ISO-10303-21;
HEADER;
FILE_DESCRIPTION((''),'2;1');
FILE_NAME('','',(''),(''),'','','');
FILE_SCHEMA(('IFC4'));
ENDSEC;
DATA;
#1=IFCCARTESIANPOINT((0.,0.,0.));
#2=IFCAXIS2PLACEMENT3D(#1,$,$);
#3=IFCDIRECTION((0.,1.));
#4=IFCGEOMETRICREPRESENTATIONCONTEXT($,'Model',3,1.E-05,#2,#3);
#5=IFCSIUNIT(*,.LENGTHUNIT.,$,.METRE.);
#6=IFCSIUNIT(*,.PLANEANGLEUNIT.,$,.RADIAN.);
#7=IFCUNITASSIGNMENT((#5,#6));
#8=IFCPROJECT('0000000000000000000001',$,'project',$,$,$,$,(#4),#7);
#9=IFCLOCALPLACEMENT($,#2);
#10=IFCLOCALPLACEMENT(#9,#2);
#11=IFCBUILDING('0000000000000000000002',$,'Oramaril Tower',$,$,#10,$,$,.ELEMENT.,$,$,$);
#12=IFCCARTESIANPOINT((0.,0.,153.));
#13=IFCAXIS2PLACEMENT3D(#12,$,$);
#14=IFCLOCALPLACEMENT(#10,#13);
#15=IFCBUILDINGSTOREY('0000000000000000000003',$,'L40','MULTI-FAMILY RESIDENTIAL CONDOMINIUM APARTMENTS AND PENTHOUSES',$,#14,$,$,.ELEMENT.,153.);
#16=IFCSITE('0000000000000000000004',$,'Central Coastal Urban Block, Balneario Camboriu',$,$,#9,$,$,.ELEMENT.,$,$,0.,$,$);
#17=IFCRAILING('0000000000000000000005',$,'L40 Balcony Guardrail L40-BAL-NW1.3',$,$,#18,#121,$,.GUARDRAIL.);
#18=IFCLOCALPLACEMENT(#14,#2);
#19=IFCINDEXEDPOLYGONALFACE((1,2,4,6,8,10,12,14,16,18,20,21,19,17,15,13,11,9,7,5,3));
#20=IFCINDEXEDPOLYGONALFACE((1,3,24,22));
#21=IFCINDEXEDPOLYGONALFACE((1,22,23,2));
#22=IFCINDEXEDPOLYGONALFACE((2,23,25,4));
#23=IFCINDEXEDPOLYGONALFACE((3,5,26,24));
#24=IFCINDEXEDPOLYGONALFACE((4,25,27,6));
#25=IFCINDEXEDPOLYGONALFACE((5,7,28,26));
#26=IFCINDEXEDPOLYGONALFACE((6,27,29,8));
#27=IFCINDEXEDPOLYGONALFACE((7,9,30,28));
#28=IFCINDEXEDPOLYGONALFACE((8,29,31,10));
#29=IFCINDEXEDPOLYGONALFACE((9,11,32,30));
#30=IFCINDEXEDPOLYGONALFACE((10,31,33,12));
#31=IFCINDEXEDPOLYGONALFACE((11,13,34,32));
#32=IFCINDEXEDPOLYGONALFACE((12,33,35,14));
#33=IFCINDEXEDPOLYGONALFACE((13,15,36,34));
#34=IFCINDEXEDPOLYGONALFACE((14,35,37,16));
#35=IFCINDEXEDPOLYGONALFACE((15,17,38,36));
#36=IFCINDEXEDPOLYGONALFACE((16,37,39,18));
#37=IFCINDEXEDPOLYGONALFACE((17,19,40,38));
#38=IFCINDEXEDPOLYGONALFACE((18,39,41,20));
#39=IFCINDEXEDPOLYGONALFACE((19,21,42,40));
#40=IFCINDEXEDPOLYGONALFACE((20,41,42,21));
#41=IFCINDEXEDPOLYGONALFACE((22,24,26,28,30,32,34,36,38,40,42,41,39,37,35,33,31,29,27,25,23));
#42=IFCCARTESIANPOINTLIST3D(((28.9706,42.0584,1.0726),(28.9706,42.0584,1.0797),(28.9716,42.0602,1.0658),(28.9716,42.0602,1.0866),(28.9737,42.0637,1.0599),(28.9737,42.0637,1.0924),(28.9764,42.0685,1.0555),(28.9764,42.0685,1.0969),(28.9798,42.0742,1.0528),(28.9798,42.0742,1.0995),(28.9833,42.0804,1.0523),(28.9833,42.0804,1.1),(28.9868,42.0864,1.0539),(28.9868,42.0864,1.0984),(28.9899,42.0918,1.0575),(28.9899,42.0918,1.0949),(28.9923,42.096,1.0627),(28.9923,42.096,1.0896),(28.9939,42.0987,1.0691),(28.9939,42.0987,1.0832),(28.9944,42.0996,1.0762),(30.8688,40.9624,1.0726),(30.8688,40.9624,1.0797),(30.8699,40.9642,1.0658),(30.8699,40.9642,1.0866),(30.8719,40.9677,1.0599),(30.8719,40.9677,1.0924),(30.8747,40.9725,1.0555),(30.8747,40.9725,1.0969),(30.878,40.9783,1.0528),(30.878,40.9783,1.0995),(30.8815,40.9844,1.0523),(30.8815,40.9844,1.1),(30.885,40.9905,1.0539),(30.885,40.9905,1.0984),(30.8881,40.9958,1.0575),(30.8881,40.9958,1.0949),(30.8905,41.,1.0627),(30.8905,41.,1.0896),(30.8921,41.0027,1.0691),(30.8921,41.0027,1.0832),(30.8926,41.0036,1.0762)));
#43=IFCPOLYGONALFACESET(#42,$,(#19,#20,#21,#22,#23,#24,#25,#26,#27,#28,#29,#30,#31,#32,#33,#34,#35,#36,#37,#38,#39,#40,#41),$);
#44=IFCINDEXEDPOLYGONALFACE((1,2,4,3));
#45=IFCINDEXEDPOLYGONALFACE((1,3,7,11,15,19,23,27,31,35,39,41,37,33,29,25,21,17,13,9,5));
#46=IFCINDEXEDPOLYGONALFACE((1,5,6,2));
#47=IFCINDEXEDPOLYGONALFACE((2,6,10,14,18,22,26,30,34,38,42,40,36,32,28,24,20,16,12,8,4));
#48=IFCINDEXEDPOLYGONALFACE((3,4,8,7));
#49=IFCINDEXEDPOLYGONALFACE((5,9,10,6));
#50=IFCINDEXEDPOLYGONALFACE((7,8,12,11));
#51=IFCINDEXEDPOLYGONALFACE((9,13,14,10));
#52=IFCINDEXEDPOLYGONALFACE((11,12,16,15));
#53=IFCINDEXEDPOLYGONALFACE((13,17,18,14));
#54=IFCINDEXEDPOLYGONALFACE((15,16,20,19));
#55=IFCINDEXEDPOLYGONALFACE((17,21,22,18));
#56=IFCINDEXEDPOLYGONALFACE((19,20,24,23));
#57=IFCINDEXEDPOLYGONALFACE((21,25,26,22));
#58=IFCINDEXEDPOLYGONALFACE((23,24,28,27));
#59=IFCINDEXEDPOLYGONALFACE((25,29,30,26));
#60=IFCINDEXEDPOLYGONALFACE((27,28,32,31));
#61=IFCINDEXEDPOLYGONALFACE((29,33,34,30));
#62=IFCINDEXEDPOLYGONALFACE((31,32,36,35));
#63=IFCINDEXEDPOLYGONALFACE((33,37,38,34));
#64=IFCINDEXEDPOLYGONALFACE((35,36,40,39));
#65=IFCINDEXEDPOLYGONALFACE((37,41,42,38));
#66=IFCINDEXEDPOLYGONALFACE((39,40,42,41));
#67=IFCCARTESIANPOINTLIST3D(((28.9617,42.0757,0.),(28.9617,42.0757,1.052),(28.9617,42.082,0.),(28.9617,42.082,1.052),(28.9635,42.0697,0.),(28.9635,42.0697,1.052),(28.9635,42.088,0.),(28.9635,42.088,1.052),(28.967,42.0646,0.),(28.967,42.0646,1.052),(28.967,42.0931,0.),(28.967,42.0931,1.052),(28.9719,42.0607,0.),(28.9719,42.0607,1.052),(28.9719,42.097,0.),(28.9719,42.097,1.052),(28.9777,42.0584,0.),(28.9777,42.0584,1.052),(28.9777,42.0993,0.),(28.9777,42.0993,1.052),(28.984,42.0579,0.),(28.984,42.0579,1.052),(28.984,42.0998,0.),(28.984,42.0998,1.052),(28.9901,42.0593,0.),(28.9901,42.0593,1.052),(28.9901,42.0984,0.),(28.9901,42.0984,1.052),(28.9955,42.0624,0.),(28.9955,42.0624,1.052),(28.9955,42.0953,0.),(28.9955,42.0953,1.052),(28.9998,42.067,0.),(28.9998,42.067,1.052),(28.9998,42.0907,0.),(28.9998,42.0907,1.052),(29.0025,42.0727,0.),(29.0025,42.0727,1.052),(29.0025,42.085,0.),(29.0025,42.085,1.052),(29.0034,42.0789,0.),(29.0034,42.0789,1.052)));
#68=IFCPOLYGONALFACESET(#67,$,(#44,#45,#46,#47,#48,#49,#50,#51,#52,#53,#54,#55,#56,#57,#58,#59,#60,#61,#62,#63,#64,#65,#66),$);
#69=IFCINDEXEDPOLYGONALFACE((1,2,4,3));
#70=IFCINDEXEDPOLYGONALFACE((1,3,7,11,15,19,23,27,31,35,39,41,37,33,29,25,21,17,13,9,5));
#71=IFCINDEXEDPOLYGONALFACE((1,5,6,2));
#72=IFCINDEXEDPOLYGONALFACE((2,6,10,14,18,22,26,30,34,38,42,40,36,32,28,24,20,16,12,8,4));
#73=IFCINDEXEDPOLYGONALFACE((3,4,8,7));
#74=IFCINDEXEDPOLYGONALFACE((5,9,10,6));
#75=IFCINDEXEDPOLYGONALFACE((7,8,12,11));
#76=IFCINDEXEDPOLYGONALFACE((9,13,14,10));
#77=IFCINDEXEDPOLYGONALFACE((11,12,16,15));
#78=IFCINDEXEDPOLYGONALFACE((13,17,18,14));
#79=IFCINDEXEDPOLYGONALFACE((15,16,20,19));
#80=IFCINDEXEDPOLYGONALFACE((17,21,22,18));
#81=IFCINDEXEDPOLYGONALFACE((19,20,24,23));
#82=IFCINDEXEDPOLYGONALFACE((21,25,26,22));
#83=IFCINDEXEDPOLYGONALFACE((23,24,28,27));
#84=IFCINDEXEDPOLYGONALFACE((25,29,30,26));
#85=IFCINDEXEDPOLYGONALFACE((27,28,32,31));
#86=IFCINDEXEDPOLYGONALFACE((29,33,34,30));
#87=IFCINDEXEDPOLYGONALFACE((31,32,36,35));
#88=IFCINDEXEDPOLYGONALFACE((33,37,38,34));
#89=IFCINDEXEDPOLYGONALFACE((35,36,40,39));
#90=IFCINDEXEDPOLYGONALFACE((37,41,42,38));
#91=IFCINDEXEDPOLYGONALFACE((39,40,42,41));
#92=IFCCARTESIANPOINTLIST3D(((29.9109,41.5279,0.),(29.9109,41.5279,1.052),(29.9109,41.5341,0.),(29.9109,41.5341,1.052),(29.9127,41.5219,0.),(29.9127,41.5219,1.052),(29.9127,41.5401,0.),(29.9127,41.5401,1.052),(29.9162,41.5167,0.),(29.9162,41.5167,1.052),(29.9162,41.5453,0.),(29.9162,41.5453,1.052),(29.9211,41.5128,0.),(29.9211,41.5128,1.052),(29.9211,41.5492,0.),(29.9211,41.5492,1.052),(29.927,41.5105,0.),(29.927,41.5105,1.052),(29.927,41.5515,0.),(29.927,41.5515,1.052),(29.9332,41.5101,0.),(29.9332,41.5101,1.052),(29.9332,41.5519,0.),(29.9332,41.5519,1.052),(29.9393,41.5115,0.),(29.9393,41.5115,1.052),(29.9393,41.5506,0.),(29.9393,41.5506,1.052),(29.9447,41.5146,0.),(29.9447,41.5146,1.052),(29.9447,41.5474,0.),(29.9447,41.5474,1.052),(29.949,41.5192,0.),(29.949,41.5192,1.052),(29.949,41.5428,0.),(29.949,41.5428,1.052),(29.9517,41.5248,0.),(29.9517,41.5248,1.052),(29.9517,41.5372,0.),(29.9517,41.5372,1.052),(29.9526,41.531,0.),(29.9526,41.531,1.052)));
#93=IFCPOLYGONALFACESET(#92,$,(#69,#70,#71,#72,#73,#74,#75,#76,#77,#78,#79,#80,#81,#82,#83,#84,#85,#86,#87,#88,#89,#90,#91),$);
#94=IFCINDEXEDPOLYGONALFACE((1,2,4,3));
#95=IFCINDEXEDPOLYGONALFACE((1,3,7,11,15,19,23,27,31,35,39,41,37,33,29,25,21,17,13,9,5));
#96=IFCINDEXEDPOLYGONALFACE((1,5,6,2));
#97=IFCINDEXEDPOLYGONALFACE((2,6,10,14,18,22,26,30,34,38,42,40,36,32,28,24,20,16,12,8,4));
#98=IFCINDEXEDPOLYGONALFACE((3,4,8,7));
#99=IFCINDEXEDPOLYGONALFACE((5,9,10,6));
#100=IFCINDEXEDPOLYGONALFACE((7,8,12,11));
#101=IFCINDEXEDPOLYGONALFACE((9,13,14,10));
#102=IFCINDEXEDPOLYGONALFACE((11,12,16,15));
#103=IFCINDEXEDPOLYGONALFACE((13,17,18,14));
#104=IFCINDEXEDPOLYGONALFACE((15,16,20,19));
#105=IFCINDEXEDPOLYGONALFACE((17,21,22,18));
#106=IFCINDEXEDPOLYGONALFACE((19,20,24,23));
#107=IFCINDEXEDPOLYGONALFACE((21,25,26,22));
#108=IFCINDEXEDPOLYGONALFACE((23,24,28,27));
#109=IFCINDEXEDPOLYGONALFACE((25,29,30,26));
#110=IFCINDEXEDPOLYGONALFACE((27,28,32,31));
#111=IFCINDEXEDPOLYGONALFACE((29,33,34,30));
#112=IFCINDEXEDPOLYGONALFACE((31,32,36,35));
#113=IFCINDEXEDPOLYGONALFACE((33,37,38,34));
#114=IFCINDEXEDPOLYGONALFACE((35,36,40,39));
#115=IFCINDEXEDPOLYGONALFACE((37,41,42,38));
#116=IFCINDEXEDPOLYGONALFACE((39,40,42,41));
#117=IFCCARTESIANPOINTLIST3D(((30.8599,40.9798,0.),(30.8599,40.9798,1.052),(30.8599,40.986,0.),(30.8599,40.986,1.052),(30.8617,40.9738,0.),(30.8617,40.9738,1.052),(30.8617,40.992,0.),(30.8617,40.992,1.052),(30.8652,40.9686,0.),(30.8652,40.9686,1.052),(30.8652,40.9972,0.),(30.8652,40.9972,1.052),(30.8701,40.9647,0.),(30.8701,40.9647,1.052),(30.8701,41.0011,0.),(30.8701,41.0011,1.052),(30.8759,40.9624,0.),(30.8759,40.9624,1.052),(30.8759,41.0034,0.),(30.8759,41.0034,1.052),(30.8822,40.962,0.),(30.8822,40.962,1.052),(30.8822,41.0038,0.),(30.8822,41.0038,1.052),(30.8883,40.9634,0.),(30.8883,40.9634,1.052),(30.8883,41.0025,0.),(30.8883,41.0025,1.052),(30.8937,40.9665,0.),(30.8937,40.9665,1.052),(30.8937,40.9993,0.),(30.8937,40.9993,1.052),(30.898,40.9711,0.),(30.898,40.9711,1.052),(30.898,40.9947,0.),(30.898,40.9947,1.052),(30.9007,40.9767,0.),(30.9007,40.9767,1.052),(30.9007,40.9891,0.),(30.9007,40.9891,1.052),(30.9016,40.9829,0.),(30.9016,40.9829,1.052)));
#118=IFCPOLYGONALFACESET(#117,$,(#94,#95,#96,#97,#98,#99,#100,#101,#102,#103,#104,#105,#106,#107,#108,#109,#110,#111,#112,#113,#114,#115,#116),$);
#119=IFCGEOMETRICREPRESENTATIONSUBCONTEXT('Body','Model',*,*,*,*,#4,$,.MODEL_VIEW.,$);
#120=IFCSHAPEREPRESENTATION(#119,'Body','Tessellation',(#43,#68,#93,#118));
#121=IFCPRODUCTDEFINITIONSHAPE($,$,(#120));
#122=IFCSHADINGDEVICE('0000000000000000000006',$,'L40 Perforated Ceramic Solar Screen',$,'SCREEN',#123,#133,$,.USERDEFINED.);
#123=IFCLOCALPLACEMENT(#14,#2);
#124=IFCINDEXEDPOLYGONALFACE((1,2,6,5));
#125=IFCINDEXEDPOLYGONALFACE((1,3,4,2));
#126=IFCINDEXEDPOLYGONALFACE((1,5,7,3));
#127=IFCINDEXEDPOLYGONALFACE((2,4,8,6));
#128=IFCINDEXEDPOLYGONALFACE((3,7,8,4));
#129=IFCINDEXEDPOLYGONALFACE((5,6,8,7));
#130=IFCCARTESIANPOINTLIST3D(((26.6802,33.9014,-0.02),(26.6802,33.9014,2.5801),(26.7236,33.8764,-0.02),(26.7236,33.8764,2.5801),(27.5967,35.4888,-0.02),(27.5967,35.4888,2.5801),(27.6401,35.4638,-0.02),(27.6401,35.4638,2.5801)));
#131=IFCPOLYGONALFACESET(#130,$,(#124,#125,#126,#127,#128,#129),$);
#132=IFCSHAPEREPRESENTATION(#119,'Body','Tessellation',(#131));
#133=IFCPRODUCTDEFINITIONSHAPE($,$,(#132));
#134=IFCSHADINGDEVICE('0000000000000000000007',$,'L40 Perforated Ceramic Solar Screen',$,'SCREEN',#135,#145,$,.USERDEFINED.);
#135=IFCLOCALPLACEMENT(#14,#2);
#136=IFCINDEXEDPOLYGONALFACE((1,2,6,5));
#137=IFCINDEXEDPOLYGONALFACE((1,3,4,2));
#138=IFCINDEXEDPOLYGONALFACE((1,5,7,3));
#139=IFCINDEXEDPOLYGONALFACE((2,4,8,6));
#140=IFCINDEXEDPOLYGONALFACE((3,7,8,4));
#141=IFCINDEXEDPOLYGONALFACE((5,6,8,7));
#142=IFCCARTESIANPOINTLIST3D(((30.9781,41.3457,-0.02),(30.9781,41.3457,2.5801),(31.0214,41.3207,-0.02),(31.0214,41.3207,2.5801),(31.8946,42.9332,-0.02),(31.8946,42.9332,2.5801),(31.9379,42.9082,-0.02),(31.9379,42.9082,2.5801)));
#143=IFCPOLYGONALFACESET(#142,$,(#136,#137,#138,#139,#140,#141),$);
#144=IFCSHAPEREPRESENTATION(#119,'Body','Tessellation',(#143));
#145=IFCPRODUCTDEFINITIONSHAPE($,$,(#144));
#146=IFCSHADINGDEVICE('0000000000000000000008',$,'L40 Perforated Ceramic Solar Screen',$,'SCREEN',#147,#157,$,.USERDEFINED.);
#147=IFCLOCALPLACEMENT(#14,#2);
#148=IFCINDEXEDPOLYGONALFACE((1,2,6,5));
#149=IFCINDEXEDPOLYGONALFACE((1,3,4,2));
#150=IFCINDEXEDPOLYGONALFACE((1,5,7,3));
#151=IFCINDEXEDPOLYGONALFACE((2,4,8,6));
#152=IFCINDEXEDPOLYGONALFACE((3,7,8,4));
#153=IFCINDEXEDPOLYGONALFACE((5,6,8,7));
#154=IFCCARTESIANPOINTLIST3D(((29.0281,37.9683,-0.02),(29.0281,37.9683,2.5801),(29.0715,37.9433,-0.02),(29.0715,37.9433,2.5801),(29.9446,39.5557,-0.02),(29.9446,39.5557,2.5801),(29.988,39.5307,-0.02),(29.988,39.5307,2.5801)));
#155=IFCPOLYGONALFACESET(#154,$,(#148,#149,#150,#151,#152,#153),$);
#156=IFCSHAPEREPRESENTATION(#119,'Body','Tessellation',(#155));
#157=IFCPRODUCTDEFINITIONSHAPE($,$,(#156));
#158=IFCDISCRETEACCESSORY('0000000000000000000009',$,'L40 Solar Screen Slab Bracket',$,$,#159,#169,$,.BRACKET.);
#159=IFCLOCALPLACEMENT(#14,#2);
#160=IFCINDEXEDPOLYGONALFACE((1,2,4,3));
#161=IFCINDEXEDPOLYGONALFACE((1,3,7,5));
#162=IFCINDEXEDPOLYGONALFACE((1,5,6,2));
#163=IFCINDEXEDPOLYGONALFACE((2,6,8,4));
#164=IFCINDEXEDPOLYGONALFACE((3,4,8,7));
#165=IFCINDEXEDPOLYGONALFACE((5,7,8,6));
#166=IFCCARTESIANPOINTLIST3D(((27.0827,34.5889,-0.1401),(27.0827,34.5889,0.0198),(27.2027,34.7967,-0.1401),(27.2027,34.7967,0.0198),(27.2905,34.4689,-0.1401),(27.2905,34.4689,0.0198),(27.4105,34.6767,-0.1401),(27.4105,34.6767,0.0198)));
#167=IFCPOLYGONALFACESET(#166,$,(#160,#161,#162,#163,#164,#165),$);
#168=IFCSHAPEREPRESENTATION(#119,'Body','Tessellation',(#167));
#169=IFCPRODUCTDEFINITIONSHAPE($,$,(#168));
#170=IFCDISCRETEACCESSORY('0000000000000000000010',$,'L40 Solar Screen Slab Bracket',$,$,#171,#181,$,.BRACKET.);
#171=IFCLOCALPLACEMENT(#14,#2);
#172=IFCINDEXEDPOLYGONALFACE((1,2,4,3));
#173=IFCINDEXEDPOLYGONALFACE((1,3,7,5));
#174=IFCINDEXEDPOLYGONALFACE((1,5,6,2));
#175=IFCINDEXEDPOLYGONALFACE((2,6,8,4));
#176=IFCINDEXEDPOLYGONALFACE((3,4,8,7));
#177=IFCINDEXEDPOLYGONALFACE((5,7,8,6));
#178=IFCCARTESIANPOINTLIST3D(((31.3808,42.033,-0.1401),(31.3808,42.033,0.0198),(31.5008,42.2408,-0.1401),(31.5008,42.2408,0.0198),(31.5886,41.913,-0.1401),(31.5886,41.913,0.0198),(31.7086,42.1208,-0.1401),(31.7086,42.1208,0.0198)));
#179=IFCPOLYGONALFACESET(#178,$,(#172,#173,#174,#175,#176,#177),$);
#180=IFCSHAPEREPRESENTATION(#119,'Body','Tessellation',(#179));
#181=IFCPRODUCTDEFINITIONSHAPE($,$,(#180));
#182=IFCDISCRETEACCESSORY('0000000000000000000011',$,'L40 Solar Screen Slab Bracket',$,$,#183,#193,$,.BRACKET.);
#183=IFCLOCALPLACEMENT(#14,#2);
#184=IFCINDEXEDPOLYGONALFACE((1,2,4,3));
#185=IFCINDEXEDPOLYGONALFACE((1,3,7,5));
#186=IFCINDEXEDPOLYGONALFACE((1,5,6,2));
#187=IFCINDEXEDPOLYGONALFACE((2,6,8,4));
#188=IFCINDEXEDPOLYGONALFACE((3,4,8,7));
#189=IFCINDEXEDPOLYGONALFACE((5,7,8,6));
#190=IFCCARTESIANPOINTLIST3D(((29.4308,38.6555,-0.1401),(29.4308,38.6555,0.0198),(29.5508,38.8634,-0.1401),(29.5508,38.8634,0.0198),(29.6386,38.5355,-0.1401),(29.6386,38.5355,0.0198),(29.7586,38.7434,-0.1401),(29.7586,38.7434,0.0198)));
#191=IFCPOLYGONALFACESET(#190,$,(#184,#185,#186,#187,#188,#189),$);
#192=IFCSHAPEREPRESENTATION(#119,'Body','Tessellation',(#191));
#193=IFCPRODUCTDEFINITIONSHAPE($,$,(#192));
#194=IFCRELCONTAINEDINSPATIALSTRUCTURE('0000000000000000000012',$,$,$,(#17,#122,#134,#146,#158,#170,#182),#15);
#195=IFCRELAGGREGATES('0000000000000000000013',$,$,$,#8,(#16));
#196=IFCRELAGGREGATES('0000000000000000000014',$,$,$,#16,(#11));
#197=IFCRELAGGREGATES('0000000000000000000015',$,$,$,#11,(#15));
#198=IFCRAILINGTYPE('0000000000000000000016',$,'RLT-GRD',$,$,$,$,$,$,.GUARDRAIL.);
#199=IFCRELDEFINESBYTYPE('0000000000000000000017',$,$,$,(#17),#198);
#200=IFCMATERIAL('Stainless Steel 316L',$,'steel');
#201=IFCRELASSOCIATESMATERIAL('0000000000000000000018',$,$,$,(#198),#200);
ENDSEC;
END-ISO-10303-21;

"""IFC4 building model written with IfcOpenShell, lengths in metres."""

from ifc_helpers import new_model, si_unit, direction, frame, origin, origin_2d, place, context, subcontext, project, spatial, rectangle, circle, extrude, material, type_object, element, save


model = new_model("IFC4")

# Units and contexts
model_context = context("Model", 3, precision=1e-05, world=origin(), true_north=direction((0.0, 1.0)))
body_context = subcontext(model_context, "Body", "Model", "MODEL_VIEW")
ifc_project = project(units=[si_unit("LENGTHUNIT", "METRE"), si_unit("PLANEANGLEUNIT", "RADIAN")], contexts=[model_context])

# Site, building, storey
site_placement = place(None, origin())
site = spatial("IfcSite", under=ifc_project, at=site_placement, Name="Central Coastal Urban Block, Balneario Camboriu", CompositionType="ELEMENT", RefElevation=0.0)
building_placement = place(site_placement, origin())
building = spatial("IfcBuilding", under=site, at=building_placement, Name="Oramaril Tower", CompositionType="ELEMENT")
storey_placement = place(building_placement, frame((0.0, 0.0, 153.0)))
storey = spatial("IfcBuildingStorey", under=building, at=storey_placement, Name="L40", Description="MULTI-FAMILY RESIDENTIAL CONDOMINIUM APARTMENTS AND PENTHOUSES", CompositionType="ELEMENT", Elevation=153.0)

# Railing
ifc_material_1 = material(Name="Stainless Steel 316L", Category="steel")
railing_type = type_object("IfcRailingType", Name="RLT-GRD", PredefinedType="GUARDRAIL", material=ifc_material_1)
railing_1_placement = place(storey_placement, frame((28.9824, 42.0789, 0.0)))
element("IfcRailing", 1, at=railing_1_placement, inside=storey, type_object=railing_type, Name="L40 Balcony Guardrail L40-BAL-NW1.3", PredefinedType="GUARDRAIL", context=body_context, shape_type="SweptSolid", body=[
    extrude(circle(Radius=0.0239, at=origin_2d()), frame((0.0, 0.0, 1.0762), z_axis=(0.866021, -0.500008, 0.0), x_axis=(0.500008, 0.866021, 0.0)), (0.0, 0.0, 1.0), 2.1919),
    extrude(circle(Radius=0.021, at=origin_2d()), origin(), (0.0, 0.0, 1.0), 1.052),
    extrude(circle(Radius=0.021, at=origin_2d()), frame((0.9492, -0.5479, 0.0)), (0.0, 0.0, 1.0), 1.052),
    extrude(circle(Radius=0.021, at=origin_2d()), frame((1.8982, -1.0959, 0.0)), (0.0, 0.0, 1.0), 1.052),
])

# Shading devices
for number, where, z_axis, x_axis, name in (
    (2, (27.1602, 34.6826, -0.02), (0.0, 0.0, 1.0), (-0.5, -0.866025, 0.0), "L40 Perforated Ceramic Solar Screen"),
    (3, (31.458, 42.127, -0.02), (0.0, 0.0, 1.0), (-0.5, -0.866025, 0.0), "L40 Perforated Ceramic Solar Screen"),
    (4, (29.5081, 38.7495, -0.02), (0.0, 0.0, 1.0), (-0.5, -0.866025, 0.0), "L40 Perforated Ceramic Solar Screen"),
):
    element("IfcShadingDevice", number, at=place(storey_placement, frame(where, z_axis=z_axis, x_axis=x_axis)), inside=storey, Name=name, ObjectType="SCREEN", PredefinedType="USERDEFINED", context=body_context, shape_type="SweptSolid", body=[
        extrude(rectangle(XDim=1.833, YDim=0.05, at=origin_2d()), origin(), (0.0, 0.0, 1.0), 2.6001),
    ])

# Discrete accessories
for number, where, z_axis, x_axis, name in (
    (5, (27.2466, 34.6328, -0.1401), (0.0, 0.0, 1.0), (-0.5, -0.866025, 0.0), "L40 Solar Screen Slab Bracket"),
    (6, (31.5447, 42.0769, -0.1401), (0.0, 0.0, 1.0), (-0.5, -0.866025, 0.0), "L40 Solar Screen Slab Bracket"),
    (7, (29.5947, 38.6995, -0.1401), (0.0, 0.0, 1.0), (-0.5, -0.866025, 0.0), "L40 Solar Screen Slab Bracket"),
):
    element("IfcDiscreteAccessory", number, at=place(storey_placement, frame(where, z_axis=z_axis, x_axis=x_axis)), inside=storey, Name=name, PredefinedType="BRACKET", context=body_context, shape_type="SweptSolid", body=[
        extrude(rectangle(XDim=0.24, YDim=0.24, at=origin_2d()), origin(), (0.0, 0.0, 1.0), 0.1599),
    ])

save(model, "model.ifc")
